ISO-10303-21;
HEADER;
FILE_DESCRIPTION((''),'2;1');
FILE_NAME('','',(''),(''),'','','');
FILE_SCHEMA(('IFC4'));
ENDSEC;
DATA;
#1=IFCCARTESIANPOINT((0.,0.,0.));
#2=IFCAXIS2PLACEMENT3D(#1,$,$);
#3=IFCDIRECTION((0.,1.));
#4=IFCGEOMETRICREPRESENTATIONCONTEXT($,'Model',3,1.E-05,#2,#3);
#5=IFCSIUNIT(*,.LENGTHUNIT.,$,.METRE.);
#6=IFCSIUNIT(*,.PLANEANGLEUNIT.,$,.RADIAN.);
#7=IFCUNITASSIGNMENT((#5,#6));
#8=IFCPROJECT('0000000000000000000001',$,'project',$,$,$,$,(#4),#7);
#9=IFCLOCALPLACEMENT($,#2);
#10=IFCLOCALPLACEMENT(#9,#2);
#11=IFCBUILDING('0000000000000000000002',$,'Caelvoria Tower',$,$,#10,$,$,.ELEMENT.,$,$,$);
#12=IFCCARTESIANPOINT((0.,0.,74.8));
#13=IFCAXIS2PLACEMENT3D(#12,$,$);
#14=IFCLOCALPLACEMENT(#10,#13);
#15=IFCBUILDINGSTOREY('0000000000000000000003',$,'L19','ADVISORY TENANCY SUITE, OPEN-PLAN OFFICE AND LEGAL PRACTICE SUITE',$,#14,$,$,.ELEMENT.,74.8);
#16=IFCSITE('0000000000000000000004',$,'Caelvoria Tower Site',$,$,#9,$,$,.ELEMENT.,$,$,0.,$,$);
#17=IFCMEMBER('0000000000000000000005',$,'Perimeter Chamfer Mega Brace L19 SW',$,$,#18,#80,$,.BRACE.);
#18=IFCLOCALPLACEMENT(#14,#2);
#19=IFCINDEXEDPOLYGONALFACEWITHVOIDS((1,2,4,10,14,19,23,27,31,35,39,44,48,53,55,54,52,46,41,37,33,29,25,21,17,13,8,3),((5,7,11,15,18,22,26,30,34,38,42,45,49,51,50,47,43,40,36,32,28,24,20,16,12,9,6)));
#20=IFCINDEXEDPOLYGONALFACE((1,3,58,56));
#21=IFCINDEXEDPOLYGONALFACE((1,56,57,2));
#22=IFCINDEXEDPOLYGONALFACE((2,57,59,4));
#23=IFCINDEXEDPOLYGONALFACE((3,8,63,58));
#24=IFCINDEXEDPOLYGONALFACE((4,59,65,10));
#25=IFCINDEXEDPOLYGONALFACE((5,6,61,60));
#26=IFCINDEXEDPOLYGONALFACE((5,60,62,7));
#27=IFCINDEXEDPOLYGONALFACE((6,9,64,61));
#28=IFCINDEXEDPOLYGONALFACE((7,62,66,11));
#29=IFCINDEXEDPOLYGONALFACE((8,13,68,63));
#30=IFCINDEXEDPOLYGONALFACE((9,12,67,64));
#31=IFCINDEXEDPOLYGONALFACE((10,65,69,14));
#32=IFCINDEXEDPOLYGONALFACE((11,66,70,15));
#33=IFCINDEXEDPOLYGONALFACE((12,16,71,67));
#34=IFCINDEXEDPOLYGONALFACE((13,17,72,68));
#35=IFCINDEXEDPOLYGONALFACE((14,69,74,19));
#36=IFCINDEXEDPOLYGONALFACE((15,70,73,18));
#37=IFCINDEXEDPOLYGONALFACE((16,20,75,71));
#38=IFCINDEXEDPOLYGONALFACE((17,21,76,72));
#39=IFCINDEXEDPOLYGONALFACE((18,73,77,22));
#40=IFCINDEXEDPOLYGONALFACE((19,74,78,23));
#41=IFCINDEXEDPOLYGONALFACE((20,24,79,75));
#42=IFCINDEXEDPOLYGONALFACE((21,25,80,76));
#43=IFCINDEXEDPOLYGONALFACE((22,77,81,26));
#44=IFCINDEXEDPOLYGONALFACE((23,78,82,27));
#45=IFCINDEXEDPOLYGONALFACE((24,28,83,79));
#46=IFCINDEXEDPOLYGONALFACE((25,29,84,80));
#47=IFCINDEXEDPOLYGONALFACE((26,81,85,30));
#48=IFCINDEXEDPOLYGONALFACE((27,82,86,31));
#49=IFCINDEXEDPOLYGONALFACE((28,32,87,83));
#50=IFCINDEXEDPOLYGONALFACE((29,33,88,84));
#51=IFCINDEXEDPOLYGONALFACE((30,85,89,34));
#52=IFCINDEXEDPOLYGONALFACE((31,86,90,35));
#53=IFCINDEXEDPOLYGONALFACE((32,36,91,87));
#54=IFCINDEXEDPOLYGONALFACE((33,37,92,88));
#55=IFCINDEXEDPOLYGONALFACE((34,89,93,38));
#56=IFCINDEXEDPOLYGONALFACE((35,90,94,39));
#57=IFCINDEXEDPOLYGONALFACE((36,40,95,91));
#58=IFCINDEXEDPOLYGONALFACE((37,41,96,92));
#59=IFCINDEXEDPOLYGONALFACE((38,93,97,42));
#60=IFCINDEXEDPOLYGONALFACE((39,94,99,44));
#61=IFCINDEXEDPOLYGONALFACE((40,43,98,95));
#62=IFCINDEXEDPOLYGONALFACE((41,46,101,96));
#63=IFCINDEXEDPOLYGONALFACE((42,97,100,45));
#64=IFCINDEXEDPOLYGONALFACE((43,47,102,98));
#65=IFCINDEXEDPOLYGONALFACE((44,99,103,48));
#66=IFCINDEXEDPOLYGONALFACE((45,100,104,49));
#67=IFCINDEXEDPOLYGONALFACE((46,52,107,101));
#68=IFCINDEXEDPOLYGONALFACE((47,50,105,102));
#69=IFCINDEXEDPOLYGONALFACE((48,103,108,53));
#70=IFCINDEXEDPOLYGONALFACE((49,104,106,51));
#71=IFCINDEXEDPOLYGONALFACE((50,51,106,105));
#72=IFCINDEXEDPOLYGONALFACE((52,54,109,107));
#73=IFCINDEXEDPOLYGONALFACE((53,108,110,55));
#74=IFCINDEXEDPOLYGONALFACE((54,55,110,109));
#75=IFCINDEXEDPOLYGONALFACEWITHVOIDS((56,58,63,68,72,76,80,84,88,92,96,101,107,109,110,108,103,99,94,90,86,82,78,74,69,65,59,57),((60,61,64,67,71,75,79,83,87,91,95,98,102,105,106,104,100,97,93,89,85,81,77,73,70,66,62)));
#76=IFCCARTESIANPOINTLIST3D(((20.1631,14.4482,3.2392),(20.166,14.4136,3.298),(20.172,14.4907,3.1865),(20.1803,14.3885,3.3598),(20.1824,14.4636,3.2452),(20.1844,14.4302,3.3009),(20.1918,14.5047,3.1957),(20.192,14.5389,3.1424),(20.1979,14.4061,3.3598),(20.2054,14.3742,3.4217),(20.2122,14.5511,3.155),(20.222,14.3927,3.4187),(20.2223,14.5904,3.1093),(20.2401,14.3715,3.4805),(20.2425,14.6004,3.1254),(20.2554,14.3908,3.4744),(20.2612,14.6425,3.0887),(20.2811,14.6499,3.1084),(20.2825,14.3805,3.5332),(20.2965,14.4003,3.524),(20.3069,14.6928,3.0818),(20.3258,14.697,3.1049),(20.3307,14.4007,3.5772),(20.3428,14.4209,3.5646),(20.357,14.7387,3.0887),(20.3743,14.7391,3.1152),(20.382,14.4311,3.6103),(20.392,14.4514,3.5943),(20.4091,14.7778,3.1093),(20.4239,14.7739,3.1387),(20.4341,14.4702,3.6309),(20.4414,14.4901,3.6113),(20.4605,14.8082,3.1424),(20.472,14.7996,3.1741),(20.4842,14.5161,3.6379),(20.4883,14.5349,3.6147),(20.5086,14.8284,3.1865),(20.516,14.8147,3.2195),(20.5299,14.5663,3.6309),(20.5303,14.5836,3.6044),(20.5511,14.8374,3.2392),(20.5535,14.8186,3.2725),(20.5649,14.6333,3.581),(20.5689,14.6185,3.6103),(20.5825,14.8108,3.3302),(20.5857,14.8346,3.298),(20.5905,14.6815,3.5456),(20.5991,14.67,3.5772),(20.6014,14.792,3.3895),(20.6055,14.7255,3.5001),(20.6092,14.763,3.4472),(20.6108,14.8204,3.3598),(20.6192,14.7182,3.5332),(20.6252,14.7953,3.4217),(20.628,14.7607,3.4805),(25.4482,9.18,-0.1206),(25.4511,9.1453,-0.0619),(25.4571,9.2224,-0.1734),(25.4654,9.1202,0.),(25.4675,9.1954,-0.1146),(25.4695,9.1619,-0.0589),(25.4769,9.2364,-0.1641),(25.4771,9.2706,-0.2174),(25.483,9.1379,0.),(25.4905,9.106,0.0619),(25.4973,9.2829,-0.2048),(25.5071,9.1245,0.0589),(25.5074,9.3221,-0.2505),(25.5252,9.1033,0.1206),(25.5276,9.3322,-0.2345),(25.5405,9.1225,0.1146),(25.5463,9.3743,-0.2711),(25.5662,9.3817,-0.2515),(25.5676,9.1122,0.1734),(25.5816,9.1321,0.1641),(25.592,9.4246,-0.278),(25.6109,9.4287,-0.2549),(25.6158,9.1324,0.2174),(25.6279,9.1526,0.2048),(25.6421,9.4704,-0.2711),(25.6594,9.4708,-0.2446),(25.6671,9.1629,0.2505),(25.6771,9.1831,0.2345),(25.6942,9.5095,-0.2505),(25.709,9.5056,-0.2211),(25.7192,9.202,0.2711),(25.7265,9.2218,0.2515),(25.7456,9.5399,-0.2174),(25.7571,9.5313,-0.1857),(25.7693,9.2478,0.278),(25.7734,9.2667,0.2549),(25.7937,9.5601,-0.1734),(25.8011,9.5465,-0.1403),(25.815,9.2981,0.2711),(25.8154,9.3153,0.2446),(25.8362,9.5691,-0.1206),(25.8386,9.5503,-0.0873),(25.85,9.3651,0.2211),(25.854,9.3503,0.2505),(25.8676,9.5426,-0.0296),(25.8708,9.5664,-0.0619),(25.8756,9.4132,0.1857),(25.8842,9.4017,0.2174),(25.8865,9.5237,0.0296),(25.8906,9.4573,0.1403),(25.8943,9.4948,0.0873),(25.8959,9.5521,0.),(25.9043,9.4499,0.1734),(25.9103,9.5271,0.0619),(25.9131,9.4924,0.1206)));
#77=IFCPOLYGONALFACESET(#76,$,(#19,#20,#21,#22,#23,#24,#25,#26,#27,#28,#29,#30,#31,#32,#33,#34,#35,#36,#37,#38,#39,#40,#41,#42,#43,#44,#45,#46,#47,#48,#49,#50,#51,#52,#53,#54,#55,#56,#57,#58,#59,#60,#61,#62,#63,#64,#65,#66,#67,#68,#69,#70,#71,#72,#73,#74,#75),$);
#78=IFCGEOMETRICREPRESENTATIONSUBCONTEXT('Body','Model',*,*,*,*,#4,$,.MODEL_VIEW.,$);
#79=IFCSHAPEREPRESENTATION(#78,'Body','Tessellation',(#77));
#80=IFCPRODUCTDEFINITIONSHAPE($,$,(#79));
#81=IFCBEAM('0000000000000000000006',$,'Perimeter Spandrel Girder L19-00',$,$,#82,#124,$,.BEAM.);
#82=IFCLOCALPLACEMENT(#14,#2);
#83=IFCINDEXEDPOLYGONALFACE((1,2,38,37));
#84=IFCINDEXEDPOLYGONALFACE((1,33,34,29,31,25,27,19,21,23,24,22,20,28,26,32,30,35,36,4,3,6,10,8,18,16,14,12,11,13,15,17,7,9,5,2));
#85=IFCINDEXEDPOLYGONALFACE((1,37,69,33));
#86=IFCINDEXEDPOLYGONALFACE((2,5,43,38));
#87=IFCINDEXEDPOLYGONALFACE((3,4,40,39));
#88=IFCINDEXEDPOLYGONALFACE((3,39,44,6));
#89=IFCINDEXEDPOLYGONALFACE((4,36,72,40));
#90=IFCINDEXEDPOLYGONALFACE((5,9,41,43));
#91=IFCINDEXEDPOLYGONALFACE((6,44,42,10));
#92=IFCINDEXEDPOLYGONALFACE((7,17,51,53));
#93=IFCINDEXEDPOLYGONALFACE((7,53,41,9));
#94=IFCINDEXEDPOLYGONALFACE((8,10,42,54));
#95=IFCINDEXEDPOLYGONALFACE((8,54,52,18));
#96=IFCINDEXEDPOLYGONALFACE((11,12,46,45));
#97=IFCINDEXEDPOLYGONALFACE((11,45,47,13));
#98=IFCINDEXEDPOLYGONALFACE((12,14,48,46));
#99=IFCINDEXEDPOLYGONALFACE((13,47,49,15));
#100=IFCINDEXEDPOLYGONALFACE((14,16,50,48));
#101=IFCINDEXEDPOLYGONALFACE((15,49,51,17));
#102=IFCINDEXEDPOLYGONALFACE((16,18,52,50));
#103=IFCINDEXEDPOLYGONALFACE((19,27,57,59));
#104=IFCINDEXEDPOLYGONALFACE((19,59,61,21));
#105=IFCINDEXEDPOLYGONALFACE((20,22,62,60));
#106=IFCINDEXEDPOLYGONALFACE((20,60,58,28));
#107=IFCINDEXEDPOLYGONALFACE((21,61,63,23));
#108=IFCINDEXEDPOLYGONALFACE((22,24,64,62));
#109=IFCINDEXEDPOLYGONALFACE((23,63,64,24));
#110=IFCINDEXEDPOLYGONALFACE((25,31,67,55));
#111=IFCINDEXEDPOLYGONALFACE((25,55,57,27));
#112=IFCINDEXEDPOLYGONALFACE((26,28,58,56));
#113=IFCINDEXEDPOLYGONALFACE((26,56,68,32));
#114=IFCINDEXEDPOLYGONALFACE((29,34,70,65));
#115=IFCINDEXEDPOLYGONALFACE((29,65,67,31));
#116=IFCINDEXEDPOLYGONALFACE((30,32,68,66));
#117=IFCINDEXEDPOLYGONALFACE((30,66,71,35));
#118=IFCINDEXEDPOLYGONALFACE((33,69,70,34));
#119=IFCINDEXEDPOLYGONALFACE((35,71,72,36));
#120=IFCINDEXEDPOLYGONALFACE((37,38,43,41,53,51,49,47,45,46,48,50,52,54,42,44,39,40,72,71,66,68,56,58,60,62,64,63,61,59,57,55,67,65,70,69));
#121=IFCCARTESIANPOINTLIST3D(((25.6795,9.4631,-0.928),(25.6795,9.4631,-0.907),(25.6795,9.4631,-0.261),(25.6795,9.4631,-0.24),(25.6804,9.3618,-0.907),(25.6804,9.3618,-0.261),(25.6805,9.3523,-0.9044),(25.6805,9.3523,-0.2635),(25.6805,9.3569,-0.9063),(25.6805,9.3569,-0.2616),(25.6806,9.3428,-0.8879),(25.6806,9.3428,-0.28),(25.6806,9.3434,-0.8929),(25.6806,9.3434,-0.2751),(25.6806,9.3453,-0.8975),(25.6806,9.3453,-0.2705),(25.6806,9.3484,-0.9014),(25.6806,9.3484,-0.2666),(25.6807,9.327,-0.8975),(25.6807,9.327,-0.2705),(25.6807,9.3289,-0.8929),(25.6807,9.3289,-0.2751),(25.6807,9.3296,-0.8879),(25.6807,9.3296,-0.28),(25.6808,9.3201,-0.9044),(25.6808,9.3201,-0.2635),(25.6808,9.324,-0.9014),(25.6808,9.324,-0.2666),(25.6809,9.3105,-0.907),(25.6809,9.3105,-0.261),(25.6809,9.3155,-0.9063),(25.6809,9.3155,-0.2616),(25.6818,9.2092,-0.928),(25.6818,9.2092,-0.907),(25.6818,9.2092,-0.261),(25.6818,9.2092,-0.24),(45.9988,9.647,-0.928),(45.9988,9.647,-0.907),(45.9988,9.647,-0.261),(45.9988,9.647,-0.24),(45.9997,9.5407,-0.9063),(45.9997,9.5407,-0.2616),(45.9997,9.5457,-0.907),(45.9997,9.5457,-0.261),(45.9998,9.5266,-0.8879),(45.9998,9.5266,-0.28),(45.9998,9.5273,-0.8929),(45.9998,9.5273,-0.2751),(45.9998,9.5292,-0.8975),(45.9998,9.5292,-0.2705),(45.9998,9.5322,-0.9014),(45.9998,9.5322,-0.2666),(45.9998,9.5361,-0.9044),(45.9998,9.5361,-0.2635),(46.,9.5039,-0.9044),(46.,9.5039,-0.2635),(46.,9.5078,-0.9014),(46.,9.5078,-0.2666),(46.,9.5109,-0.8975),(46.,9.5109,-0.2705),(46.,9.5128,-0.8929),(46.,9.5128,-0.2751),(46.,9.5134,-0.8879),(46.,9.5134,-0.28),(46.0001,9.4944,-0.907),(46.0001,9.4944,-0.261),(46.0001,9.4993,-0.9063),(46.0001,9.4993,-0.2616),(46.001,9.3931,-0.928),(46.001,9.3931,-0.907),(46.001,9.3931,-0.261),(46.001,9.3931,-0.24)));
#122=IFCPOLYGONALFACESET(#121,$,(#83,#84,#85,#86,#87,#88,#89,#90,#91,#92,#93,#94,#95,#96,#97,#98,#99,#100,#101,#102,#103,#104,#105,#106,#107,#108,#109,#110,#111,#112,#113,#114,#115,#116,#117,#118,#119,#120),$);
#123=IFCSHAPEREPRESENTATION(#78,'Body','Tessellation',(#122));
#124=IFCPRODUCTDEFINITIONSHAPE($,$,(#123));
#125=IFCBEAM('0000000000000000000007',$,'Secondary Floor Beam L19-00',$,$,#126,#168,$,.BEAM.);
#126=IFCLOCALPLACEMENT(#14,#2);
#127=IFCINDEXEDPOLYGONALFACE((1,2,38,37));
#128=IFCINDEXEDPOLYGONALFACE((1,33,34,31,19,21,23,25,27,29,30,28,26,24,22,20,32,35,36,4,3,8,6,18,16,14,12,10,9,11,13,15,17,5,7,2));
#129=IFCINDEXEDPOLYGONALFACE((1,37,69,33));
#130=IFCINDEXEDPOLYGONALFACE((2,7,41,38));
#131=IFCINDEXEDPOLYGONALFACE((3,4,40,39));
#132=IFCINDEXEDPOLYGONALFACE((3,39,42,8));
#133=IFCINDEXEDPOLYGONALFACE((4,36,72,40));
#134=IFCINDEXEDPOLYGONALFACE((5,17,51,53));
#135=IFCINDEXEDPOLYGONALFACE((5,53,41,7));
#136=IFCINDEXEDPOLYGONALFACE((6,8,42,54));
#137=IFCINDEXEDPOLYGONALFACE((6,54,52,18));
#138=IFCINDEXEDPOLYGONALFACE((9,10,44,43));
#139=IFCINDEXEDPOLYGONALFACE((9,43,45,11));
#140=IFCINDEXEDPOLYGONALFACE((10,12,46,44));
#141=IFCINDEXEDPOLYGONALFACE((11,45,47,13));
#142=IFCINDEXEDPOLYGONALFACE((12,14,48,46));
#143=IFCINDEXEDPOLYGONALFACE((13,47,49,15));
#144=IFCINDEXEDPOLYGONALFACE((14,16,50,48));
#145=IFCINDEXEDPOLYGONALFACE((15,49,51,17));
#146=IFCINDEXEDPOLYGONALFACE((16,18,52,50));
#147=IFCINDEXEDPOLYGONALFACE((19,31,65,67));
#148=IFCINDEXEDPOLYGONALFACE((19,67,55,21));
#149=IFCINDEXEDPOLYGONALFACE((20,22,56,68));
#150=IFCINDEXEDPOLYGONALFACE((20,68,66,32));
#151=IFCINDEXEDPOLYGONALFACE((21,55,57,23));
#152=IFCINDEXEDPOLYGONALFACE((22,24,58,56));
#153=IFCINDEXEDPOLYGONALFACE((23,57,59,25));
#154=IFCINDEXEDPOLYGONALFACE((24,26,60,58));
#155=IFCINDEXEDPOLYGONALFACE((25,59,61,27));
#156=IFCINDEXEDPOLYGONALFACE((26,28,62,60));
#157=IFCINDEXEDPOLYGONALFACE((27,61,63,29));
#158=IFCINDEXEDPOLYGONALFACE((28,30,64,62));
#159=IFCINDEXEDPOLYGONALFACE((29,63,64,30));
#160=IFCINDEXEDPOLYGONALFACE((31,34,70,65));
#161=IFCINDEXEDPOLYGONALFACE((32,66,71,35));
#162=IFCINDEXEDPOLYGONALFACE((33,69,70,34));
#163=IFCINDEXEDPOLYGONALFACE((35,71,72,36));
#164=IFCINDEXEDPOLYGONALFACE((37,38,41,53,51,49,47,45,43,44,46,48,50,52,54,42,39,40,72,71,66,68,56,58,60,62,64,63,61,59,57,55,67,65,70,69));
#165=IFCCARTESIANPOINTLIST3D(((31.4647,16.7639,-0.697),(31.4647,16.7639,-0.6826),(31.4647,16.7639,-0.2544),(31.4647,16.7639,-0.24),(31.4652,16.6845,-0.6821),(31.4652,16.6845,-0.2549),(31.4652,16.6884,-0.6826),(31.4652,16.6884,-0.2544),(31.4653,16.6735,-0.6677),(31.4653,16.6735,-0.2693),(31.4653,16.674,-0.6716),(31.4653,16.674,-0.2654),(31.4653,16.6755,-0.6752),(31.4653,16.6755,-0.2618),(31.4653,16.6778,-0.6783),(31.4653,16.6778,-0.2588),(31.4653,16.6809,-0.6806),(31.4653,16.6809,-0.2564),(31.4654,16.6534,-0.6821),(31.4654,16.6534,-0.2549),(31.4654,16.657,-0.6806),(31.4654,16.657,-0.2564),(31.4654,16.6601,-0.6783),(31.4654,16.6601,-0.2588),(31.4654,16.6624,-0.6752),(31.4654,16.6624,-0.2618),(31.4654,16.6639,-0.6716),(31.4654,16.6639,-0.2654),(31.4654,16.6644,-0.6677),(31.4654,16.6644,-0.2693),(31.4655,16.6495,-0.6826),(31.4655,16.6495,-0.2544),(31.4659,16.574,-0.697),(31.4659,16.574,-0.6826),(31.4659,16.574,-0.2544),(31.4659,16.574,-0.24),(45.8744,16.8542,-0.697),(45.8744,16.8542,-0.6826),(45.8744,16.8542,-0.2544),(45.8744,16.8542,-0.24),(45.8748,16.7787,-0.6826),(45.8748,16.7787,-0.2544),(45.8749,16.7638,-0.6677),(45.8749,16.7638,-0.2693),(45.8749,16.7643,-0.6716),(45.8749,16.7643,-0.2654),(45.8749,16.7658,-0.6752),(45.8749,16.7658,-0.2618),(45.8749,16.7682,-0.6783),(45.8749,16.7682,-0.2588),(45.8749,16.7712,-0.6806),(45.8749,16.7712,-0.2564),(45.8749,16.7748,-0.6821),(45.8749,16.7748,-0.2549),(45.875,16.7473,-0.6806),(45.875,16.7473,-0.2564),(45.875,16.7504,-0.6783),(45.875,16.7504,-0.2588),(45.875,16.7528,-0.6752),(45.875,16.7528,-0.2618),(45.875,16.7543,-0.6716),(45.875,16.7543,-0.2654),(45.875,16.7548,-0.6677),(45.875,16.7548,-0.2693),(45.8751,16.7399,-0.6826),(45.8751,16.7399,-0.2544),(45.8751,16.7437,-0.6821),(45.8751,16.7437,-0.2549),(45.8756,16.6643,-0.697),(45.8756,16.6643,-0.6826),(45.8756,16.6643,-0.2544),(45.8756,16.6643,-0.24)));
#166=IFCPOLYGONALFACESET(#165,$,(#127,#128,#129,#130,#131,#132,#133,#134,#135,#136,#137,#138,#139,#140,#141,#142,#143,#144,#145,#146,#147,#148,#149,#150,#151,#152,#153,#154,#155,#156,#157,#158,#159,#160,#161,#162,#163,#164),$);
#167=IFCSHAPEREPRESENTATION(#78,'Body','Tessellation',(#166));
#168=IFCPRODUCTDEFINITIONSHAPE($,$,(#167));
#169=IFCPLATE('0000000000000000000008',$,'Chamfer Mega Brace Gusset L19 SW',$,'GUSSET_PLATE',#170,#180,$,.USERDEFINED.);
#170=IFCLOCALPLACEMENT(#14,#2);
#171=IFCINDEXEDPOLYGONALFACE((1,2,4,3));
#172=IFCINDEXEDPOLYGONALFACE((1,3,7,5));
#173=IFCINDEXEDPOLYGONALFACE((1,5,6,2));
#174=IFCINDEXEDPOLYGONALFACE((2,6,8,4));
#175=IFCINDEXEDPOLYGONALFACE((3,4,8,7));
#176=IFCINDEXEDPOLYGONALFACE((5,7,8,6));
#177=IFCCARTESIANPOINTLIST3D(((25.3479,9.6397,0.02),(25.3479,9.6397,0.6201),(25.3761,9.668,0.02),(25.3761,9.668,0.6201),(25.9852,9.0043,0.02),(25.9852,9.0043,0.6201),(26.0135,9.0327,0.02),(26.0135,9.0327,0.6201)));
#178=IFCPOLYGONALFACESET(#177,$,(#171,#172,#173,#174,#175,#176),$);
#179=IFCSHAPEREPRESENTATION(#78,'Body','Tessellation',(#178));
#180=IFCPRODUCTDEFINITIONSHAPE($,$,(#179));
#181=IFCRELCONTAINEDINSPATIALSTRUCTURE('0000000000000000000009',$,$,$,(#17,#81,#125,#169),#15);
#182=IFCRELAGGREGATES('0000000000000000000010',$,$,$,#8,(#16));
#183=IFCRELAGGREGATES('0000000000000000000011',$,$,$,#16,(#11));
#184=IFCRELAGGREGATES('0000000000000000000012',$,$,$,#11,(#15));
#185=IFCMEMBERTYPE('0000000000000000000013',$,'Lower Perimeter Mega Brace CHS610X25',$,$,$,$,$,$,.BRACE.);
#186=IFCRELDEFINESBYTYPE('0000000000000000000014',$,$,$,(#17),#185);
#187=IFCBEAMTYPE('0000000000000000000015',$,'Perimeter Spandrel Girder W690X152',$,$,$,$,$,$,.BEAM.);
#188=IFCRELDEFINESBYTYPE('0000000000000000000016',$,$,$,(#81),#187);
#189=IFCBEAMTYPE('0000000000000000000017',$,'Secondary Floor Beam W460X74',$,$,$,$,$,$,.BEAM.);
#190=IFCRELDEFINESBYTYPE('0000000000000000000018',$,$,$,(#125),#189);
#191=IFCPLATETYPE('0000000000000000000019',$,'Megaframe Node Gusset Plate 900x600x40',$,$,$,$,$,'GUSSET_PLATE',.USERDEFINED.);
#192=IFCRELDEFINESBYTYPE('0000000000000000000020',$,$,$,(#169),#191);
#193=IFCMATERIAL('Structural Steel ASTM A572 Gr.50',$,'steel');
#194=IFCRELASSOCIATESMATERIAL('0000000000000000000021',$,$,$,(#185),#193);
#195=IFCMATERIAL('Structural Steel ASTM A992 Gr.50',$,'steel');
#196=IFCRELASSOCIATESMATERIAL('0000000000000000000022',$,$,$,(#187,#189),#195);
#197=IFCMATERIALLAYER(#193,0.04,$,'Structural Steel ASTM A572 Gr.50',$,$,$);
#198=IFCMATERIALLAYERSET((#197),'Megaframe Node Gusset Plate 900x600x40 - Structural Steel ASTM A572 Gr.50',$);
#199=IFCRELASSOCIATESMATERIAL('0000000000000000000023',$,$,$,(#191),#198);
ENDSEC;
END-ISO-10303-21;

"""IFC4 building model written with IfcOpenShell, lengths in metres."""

from ifc_helpers import new_model, si_unit, direction, frame, origin, origin_2d, place, context, subcontext, project, spatial, rectangle, hollow_circle, i_section, extrude, material, layer, layer_set, material_profile, profile_set, type_object, element, save


model = new_model("IFC4")

# Units and contexts
model_context = context("Model", 3, precision=1e-05, world=origin(), true_north=direction((0.0, 1.0)))
body_context = subcontext(model_context, "Body", "Model", "MODEL_VIEW")
ifc_project = project(units=[si_unit("LENGTHUNIT", "METRE"), si_unit("PLANEANGLEUNIT", "RADIAN")], contexts=[model_context])

# Site, building, storey
site_placement = place(None, origin())
site = spatial("IfcSite", under=ifc_project, at=site_placement, Name="Caelvoria Tower Site", CompositionType="ELEMENT", RefElevation=0.0)
building_placement = place(site_placement, origin())
building = spatial("IfcBuilding", under=site, at=building_placement, Name="Caelvoria Tower", CompositionType="ELEMENT")
storey_placement = place(building_placement, frame((0.0, 0.0, 74.8)))
storey = spatial("IfcBuildingStorey", under=building, at=storey_placement, Name="L19", Description="ADVISORY TENANCY SUITE, OPEN-PLAN OFFICE AND LEGAL PRACTICE SUITE", CompositionType="ELEMENT", Elevation=74.8)

# Member
ifc_material_1 = material(Name="Structural Steel ASTM A572 Gr.50", Category="steel")
ifc_material_profile_1 = material_profile(ifc_material_1, hollow_circle(Radius=0.3049, WallThickness=0.0249, at=origin_2d()), Name="Structural Steel ASTM A572 Gr.50")
ifc_profile_set_1 = profile_set([ifc_material_profile_1], Name="CHS610X25 - Structural Steel ASTM A572 Gr.50")
member_type = type_object("IfcMemberType", Name="Lower Perimeter Mega Brace CHS610X25", PredefinedType="BRACE", material=ifc_profile_set_1)
member_placement = place(storey_placement, frame((25.6807, 9.3362, 0.0), z_axis=(-0.645797, 0.643739, 0.410544), x_axis=(-0.705977, -0.708235, 0.0)))
element("IfcMember", 1, at=member_placement, inside=storey, type_object=member_type, Name="Perimeter Chamfer Mega Brace L19 SW", PredefinedType="BRACE", context=body_context, shape_type="SweptSolid", body=[
    extrude(hollow_circle(Radius=0.3049, WallThickness=0.0249, at=origin_2d()), origin(), (0.0, 0.0, 1.0), 8.1838),
])

# Beams
ifc_material_2 = material(Name="Structural Steel ASTM A992 Gr.50", Category="steel")
ifc_material_profile_2 = material_profile(ifc_material_2, i_section(OverallWidth=0.2539, OverallDepth=0.688, WebThickness=0.0132, FlangeThickness=0.021, FilletRadius=0.019, at=origin_2d()), Name="Structural Steel ASTM A992 Gr.50")
ifc_profile_set_2 = profile_set([ifc_material_profile_2], Name="W690X152 - Structural Steel ASTM A992 Gr.50")
beam_type_1 = type_object("IfcBeamType", Name="Perimeter Spandrel Girder W690X152", PredefinedType="BEAM", material=ifc_profile_set_2)
beam_1_placement = place(storey_placement, frame((25.6807, 9.3362, -0.584), z_axis=(0.999959, 0.009047, 0.0), x_axis=(-0.009047, 0.999959, 0.0)))
element("IfcBeam", 2, at=beam_1_placement, inside=storey, type_object=beam_type_1, Name="Perimeter Spandrel Girder L19-00", PredefinedType="BEAM", context=body_context, shape_type="SweptSolid", body=[
    extrude(i_section(OverallWidth=0.2539, OverallDepth=0.688, WebThickness=0.0132, FlangeThickness=0.021, FilletRadius=0.019, at=origin_2d()), origin(), (0.0, 0.0, 1.0), 20.3201),
])
ifc_material_profile_3 = material_profile(ifc_material_2, i_section(OverallWidth=0.1899, OverallDepth=0.457, WebThickness=0.009, FlangeThickness=0.0144, FilletRadius=0.0149, at=origin_2d()), Name="Structural Steel ASTM A992 Gr.50")
ifc_profile_set_3 = profile_set([ifc_material_profile_3], Name="W460X74 - Structural Steel ASTM A992 Gr.50")
beam_type_2 = type_object("IfcBeamType", Name="Secondary Floor Beam W460X74", PredefinedType="BEAM", material=ifc_profile_set_3)
beam_2_placement = place(storey_placement, frame((31.4653, 16.6689, -0.4685), z_axis=(0.99998, 0.006269, 0.0), x_axis=(-0.006269, 0.99998, 0.0)))
element("IfcBeam", 3, at=beam_2_placement, inside=storey, type_object=beam_type_2, Name="Secondary Floor Beam L19-00", PredefinedType="BEAM", context=body_context, shape_type="SweptSolid", body=[
    extrude(i_section(OverallWidth=0.1899, OverallDepth=0.457, WebThickness=0.009, FlangeThickness=0.0144, FilletRadius=0.0149, at=origin_2d()), origin(), (0.0, 0.0, 1.0), 14.4099),
])

# Plate
ifc_layer_1 = layer(ifc_material_1, 0.04, Name="Structural Steel ASTM A572 Gr.50")
ifc_layer_set_1 = layer_set([ifc_layer_1], Name="Megaframe Node Gusset Plate 900x600x40 - Structural Steel ASTM A572 Gr.50")
plate_type = type_object("IfcPlateType", Name="Megaframe Node Gusset Plate 900x600x40", ElementType="GUSSET_PLATE", PredefinedType="USERDEFINED", material=ifc_layer_set_1)
plate_placement = place(storey_placement, frame((25.6807, 9.3362, 0.02), z_axis=(0.0, 0.0, 1.0), x_axis=(-0.708212, 0.706, 0.0)))
element("IfcPlate", 4, at=plate_placement, inside=storey, type_object=plate_type, Name="Chamfer Mega Brace Gusset L19 SW", ObjectType="GUSSET_PLATE", PredefinedType="USERDEFINED", context=body_context, shape_type="SweptSolid", body=[
    extrude(rectangle(XDim=0.8999, YDim=0.04, at=origin_2d()), origin(), (0.0, 0.0, 1.0), 0.6001),
])

save(model, "model.ifc")
